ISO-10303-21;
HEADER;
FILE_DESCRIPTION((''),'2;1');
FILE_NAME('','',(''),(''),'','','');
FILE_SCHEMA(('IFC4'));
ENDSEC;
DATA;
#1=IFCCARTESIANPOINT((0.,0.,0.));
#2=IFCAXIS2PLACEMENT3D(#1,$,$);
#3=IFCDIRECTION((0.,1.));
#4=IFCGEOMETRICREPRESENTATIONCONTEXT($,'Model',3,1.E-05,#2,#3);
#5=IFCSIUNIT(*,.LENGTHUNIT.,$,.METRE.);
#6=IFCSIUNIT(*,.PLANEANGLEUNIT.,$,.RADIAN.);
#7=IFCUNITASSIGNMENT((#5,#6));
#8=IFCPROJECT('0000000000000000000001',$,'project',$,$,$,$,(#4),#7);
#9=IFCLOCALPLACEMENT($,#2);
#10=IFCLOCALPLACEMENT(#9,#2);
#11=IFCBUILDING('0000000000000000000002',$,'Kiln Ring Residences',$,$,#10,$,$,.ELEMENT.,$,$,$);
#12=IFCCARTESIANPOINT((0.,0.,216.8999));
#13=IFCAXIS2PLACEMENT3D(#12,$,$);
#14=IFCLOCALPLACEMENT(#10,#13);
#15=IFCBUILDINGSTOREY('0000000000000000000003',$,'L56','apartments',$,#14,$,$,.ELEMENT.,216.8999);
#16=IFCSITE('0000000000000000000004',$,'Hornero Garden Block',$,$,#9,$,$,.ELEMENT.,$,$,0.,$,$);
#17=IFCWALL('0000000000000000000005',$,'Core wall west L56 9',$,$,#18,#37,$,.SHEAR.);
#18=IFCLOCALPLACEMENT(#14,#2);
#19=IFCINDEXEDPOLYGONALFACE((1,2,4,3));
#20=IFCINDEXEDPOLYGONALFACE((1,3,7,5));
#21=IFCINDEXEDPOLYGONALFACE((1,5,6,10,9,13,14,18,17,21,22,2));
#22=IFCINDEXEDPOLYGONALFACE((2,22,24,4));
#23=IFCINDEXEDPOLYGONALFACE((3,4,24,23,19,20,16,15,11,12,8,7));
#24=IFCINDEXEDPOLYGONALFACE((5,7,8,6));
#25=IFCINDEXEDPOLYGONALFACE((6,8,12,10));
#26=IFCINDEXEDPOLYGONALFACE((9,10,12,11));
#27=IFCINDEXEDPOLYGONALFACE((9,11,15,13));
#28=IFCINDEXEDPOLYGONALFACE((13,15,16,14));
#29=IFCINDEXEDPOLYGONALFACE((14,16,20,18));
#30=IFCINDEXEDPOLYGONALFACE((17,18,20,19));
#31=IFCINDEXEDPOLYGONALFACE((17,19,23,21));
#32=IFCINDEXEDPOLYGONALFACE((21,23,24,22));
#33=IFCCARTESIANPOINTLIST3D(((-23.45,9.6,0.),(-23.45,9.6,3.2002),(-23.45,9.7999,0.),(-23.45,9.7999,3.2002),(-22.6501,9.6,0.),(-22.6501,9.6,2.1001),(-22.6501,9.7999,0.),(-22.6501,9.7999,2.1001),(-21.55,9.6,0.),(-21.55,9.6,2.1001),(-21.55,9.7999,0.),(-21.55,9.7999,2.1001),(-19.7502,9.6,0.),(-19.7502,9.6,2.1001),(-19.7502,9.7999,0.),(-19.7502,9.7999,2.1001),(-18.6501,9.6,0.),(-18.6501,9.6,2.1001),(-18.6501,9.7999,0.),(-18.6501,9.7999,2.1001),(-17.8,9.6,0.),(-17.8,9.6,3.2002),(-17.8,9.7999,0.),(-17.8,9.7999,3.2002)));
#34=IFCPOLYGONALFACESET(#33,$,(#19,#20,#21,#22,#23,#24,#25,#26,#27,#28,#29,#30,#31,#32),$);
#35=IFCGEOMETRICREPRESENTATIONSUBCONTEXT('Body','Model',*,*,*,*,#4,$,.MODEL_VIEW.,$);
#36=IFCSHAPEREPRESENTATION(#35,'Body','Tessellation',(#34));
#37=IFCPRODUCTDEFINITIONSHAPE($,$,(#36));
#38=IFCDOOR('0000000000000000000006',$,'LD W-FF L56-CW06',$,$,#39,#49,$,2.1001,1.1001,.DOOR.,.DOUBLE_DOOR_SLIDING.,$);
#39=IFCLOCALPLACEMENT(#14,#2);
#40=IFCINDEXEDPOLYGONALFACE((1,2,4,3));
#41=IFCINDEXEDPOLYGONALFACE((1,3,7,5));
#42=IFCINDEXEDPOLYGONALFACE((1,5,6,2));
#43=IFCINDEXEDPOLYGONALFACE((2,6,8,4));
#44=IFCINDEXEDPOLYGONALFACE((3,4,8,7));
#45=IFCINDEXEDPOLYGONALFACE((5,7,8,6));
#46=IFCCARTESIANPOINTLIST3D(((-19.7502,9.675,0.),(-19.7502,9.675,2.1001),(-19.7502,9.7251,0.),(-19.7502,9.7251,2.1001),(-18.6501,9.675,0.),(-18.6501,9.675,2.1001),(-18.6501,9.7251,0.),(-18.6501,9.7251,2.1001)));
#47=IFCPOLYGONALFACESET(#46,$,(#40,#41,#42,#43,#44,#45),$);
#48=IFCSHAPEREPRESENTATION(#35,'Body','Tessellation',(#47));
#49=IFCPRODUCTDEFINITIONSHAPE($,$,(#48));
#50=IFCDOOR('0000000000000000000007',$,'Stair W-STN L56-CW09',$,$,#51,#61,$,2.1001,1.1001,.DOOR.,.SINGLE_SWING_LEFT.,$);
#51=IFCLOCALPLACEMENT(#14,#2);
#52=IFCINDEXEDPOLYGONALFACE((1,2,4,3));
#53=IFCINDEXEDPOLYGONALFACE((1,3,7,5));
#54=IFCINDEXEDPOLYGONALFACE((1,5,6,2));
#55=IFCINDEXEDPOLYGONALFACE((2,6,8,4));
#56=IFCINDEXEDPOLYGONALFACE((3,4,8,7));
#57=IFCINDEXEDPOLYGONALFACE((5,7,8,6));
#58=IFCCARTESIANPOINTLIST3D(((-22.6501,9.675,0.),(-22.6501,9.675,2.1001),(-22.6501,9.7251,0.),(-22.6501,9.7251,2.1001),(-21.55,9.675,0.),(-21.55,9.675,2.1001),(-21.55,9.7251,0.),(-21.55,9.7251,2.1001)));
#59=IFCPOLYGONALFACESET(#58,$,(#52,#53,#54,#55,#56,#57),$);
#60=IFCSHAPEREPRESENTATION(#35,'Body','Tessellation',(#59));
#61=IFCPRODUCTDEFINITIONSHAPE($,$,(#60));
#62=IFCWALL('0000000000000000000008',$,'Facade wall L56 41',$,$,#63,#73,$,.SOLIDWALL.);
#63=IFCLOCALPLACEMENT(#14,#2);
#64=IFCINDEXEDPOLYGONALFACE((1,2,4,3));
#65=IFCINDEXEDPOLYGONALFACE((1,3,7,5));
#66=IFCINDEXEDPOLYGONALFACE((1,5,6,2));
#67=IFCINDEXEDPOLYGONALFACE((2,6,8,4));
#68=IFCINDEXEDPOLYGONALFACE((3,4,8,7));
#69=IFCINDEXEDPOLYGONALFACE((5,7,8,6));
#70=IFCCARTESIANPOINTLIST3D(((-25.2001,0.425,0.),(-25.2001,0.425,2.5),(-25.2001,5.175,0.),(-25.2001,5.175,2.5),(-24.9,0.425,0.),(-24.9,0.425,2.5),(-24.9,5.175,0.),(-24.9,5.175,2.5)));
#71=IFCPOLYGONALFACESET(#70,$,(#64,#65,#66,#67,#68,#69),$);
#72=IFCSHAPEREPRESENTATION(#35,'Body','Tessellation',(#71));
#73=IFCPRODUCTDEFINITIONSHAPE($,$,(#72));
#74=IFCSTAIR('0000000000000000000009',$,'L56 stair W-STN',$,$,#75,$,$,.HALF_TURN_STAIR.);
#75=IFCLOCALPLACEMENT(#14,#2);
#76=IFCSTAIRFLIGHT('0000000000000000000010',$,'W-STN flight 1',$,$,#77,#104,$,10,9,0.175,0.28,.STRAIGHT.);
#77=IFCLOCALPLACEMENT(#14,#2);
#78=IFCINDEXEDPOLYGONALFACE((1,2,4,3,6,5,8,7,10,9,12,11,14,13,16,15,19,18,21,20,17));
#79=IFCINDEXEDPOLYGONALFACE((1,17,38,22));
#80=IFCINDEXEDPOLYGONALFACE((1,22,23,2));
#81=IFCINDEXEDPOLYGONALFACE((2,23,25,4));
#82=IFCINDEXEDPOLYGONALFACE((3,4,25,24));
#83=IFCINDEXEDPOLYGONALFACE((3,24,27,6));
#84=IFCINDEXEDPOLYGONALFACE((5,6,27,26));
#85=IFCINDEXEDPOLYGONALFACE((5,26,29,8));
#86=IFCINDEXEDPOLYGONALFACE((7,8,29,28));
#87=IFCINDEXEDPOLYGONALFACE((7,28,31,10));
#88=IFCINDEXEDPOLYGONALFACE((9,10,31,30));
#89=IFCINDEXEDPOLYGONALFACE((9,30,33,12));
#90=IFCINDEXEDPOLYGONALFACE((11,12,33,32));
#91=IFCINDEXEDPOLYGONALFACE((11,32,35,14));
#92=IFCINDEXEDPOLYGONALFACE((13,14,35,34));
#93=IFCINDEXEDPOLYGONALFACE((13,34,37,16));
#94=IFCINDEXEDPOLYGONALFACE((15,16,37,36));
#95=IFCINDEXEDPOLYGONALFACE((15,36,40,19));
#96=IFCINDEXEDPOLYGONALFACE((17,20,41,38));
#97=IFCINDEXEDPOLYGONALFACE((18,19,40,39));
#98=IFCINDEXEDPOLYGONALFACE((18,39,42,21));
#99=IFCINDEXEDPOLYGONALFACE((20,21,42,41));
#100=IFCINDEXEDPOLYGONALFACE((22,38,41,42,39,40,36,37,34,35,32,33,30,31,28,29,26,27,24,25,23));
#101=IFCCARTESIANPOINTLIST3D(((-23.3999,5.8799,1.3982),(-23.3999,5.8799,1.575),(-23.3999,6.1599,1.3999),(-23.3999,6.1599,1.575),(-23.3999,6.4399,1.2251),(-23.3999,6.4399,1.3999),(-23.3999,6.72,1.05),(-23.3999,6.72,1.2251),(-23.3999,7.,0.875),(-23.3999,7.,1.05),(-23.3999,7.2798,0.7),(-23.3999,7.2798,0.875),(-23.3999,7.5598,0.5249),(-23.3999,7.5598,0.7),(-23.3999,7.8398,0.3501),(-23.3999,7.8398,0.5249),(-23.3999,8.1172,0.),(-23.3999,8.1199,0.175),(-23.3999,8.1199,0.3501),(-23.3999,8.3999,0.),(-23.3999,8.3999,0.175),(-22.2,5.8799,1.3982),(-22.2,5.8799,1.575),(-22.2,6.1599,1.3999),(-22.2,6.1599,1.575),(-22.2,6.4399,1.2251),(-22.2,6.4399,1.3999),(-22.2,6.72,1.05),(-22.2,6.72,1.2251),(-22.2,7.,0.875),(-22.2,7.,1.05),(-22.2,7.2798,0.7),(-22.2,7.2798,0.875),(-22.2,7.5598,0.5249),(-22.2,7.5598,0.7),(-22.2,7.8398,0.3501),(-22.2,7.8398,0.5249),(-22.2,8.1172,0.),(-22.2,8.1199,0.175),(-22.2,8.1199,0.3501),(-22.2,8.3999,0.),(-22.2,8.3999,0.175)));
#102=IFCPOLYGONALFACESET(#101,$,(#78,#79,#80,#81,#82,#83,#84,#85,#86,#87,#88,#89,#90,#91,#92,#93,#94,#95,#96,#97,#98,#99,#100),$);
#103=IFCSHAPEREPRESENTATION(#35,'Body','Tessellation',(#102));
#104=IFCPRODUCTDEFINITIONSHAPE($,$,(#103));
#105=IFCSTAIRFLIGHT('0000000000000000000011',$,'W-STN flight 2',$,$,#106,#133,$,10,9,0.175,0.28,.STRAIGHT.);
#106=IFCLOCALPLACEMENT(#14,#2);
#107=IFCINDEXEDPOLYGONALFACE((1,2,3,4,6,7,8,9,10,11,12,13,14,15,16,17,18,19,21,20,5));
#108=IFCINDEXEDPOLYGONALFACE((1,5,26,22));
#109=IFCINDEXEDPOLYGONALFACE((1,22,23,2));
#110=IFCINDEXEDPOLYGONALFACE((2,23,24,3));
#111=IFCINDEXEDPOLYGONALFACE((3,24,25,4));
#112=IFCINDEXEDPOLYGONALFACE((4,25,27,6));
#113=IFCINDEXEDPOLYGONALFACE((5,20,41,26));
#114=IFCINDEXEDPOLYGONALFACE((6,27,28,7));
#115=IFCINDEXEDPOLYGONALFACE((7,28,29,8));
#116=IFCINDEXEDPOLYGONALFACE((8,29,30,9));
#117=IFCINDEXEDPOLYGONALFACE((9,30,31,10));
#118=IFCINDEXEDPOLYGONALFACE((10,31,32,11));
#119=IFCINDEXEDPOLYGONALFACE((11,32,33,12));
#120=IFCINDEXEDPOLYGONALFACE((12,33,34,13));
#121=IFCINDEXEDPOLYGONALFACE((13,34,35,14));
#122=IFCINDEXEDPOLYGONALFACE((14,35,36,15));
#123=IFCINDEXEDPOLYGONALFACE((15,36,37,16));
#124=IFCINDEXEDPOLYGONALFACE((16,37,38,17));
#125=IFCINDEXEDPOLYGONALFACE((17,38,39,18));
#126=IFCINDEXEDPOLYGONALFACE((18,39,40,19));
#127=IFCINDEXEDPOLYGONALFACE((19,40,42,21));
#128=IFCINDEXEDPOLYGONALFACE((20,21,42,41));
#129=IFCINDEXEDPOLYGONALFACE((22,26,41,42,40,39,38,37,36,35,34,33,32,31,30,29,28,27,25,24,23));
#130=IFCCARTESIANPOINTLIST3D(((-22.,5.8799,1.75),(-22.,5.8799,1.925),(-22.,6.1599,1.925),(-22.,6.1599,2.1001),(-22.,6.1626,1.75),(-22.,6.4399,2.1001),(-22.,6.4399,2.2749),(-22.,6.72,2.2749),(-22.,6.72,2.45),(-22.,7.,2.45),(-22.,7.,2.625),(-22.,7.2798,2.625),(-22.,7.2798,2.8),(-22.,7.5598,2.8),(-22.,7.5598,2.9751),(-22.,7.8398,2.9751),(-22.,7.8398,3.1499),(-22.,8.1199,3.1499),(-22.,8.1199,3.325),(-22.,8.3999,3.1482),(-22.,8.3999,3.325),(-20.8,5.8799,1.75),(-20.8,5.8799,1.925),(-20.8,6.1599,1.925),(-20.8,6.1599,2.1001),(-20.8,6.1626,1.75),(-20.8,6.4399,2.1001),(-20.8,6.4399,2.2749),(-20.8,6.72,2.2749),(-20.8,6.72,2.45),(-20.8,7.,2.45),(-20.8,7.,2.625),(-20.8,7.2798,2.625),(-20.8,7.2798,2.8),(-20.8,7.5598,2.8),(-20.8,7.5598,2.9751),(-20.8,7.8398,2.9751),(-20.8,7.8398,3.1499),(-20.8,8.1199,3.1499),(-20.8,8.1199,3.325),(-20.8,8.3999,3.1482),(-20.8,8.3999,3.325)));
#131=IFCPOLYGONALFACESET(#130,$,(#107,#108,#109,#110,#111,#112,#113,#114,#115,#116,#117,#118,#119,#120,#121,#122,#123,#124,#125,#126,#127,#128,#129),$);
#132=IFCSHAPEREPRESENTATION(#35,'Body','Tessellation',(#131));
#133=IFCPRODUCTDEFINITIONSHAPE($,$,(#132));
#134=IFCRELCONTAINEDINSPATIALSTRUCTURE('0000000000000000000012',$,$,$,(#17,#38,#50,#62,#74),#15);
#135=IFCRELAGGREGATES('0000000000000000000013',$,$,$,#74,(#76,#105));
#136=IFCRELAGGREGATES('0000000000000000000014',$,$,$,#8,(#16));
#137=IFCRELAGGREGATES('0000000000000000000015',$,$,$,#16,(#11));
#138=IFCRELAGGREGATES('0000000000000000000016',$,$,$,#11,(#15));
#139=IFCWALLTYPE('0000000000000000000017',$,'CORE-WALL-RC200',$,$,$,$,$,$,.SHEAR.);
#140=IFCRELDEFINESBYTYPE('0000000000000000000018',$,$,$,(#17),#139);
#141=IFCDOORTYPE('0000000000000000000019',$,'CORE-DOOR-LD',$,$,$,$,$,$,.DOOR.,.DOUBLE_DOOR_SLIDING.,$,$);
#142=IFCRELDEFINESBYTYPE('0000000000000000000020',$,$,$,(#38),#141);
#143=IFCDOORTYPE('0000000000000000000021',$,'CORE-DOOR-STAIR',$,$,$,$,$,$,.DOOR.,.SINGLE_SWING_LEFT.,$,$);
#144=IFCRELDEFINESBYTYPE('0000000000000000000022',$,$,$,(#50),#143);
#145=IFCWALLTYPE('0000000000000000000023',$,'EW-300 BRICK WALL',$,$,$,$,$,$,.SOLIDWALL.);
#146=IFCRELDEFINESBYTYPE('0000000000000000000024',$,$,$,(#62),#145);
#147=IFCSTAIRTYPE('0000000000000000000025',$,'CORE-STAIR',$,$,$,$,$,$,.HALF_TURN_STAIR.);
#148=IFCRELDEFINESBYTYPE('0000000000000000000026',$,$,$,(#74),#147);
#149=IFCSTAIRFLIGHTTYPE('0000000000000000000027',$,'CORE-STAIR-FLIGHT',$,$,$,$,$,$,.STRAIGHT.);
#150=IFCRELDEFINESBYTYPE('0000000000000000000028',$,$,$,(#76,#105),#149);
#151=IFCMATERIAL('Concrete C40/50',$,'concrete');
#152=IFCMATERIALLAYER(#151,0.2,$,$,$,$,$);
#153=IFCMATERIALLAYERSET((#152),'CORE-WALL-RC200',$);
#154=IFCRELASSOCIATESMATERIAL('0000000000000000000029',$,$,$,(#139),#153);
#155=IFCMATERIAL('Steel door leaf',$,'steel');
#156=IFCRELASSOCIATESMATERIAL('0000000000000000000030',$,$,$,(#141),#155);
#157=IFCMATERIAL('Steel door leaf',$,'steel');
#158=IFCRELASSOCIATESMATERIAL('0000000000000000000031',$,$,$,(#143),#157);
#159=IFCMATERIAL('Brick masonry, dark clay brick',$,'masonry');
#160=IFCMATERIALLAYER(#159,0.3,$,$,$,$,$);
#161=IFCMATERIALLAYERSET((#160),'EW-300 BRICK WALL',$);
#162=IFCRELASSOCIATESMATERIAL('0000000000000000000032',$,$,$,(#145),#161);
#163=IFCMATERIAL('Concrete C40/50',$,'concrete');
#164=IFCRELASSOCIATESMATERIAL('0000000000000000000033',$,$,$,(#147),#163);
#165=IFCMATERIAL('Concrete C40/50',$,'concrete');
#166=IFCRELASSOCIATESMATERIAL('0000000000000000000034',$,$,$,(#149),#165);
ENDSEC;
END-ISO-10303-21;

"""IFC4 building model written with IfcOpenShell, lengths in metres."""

from ifc_helpers import new_model, si_unit, direction, frame, frame_2d, origin, place, context, subcontext, project, spatial, polyline, rectangle, outline, extrude, material, layer, layer_set, type_object, element, fill, aggregate, save


model = new_model("IFC4")

# Units and contexts
model_context = context("Model", 3, precision=1e-05, world=origin(), true_north=direction((0.0, 1.0)))
body_context = subcontext(model_context, "Body", "Model", "MODEL_VIEW")
ifc_project = project(units=[si_unit("LENGTHUNIT", "METRE"), si_unit("PLANEANGLEUNIT", "RADIAN")], contexts=[model_context])

# Site, building, storey
site_placement = place(None, origin())
site = spatial("IfcSite", under=ifc_project, at=site_placement, Name="Hornero Garden Block", CompositionType="ELEMENT", RefElevation=0.0)
building_placement = place(site_placement, origin())
building = spatial("IfcBuilding", under=site, at=building_placement, Name="Kiln Ring Residences", CompositionType="ELEMENT")
storey_placement = place(building_placement, frame((0.0, 0.0, 216.8999)))
storey = spatial("IfcBuildingStorey", under=building, at=storey_placement, Name="L56", Description="apartments", CompositionType="ELEMENT", Elevation=216.8999)

# Shared definitions
ifc_material_1 = material(Name="Concrete C40/50", Category="concrete")
ifc_layer_1 = layer(ifc_material_1, 0.2)
ifc_layer_set_1 = layer_set([ifc_layer_1], Name="CORE-WALL-RC200")
wall_type_1 = type_object("IfcWallType", Name="CORE-WALL-RC200", PredefinedType="SHEAR", material=ifc_layer_set_1)

# Wall, openings, doors
wall_1_placement = place(storey_placement, frame((-17.8, 9.7, 0.0), z_axis=(0.0, 0.0, 1.0), x_axis=(-1.0, 0.0, 0.0)))
wall_1 = element("IfcWall", 1, at=wall_1_placement, inside=storey, type_object=wall_type_1, Name="Core wall west L56 9", PredefinedType="SHEAR", context=body_context, shape_type="SweptSolid", body=[
    extrude(rectangle(XDim=5.6499, YDim=0.2, at=frame_2d((2.825, 0.0))), origin(), (0.0, 0.0, 1.0), 3.2002),
])
opening_1_placement = place(wall_1_placement, frame((0.8501, 0.0, 0.0)))
opening_1 = element("IfcOpeningElement", 2, at=opening_1_placement, cuts=wall_1, PredefinedType="OPENING", context=body_context, shape_type="SweptSolid", body=[
    extrude(rectangle(XDim=1.1001, YDim=2.1001, at=frame_2d((0.55, 1.05))), frame((0.0, 0.1099, 0.0), z_axis=(0.0, -1.0, 0.0), x_axis=(1.0, 0.0, 0.0)), (0.0, 0.0, 1.0), 0.22),
])
opening_2_placement = place(wall_1_placement, frame((3.75, 0.0, 0.0)))
opening_2 = element("IfcOpeningElement", 3, at=opening_2_placement, cuts=wall_1, PredefinedType="OPENING", context=body_context, shape_type="SweptSolid", body=[
    extrude(rectangle(XDim=1.1001, YDim=2.1001, at=frame_2d((0.55, 1.05))), frame((0.0, 0.1099, 0.0), z_axis=(0.0, -1.0, 0.0), x_axis=(1.0, 0.0, 0.0)), (0.0, 0.0, 1.0), 0.22),
])
ifc_material_2 = material(Name="Steel door leaf", Category="steel")
door_type_1 = type_object("IfcDoorType", Name="CORE-DOOR-LD", OperationType="DOUBLE_DOOR_SLIDING", PredefinedType="DOOR", material=ifc_material_2)
door_1_placement = place(opening_1_placement, origin())
door_1 = element("IfcDoor", 4, at=door_1_placement, inside=storey, type_object=door_type_1, Name="LD W-FF L56-CW06", OperationType="DOUBLE_DOOR_SLIDING", OverallHeight=2.1001, OverallWidth=1.1001, PredefinedType="DOOR", context=body_context, shape_type="SweptSolid", body=[
    extrude(rectangle(XDim=1.1001, YDim=2.1001, at=frame_2d((0.55, 1.05))), frame((0.0, 0.0249, 0.0), z_axis=(0.0, -1.0, 0.0), x_axis=(1.0, 0.0, 0.0)), (0.0, 0.0, 1.0), 0.05),
])
fill(opening_1, door_1)
ifc_material_3 = material(Name="Steel door leaf", Category="steel")
door_type_2 = type_object("IfcDoorType", Name="CORE-DOOR-STAIR", OperationType="SINGLE_SWING_LEFT", PredefinedType="DOOR", material=ifc_material_3)
door_2_placement = place(opening_2_placement, origin())
door_2 = element("IfcDoor", 5, at=door_2_placement, inside=storey, type_object=door_type_2, Name="Stair W-STN L56-CW09", OperationType="SINGLE_SWING_LEFT", OverallHeight=2.1001, OverallWidth=1.1001, PredefinedType="DOOR", context=body_context, shape_type="SweptSolid", body=[
    extrude(rectangle(XDim=1.1001, YDim=2.1001, at=frame_2d((0.55, 1.05))), frame((0.0, 0.0249, 0.0), z_axis=(0.0, -1.0, 0.0), x_axis=(1.0, 0.0, 0.0)), (0.0, 0.0, 1.0), 0.05),
])
fill(opening_2, door_2)

# Wall
ifc_material_4 = material(Name="Brick masonry, dark clay brick", Category="masonry")
ifc_layer_2 = layer(ifc_material_4, 0.3)
ifc_layer_set_2 = layer_set([ifc_layer_2], Name="EW-300 BRICK WALL")
wall_type_2 = type_object("IfcWallType", Name="EW-300 BRICK WALL", PredefinedType="SOLIDWALL", material=ifc_layer_set_2)
wall_2_placement = place(storey_placement, frame((-25.05, 5.175, 0.0), z_axis=(0.0, 0.0, 1.0), x_axis=(0.0, -1.0, 0.0)))
element("IfcWall", 6, at=wall_2_placement, inside=storey, type_object=wall_type_2, Name="Facade wall L56 41", PredefinedType="SOLIDWALL", context=body_context, shape_type="SweptSolid", body=[
    extrude(rectangle(XDim=4.75, YDim=0.3, at=frame_2d((2.375, 0.0))), origin(), (0.0, 0.0, 1.0), 2.5),
])

# Stair, stair flights
ifc_material_5 = material(Name="Concrete C40/50", Category="concrete")
stair_type = type_object("IfcStairType", Name="CORE-STAIR", PredefinedType="HALF_TURN_STAIR", material=ifc_material_5)
stair_placement = place(storey_placement, origin())
stair = element("IfcStair", 7, at=stair_placement, inside=storey, type_object=stair_type, Name="L56 stair W-STN", PredefinedType="HALF_TURN_STAIR")
ifc_material_6 = material(Name="Concrete C40/50", Category="concrete")
stair_flight_type = type_object("IfcStairFlightType", Name="CORE-STAIR-FLIGHT", PredefinedType="STRAIGHT", material=ifc_material_6)
stair_flight_1_placement = place(storey_placement, frame((-22.8, 8.3999, 0.0), z_axis=(0.0, 0.0, 1.0), x_axis=(0.0, -1.0, 0.0)))
stair_flight_1 = element("IfcStairFlight", 8, at=stair_flight_1_placement, type_object=stair_flight_type, Name="W-STN flight 1", NumberOfRisers=10, NumberOfTreads=9, PredefinedType="STRAIGHT", RiserHeight=0.175, TreadLength=0.28, context=body_context, shape_type="SweptSolid", body=[
    extrude(outline(polyline([(0.0, 0.0), (0.0, 0.175), (0.28, 0.175), (0.28, 0.3501), (0.5601, 0.3501), (0.5601, 0.5249), (0.8401, 0.5249), (0.8401, 0.7), (1.1201, 0.7), (1.1201, 0.875), (1.3999, 0.875), (1.3999, 1.05), (1.6799, 1.05), (1.6799, 1.2251), (1.96, 1.2251), (1.96, 1.3999), (2.24, 1.3999), (2.24, 1.575), (2.52, 1.575), (2.52, 1.75), (2.52, 1.3982), (0.2827, 0.0), (0.0, 0.0)])), frame((0.0, 0.6001, 0.0), z_axis=(0.0, -1.0, 0.0), x_axis=(1.0, 0.0, 0.0)), (0.0, 0.0, 1.0), 1.2),
])
stair_flight_2_placement = place(storey_placement, frame((-21.3999, 5.8799, 1.75), z_axis=(0.0, 0.0, 1.0), x_axis=(0.0, 1.0, 0.0)))
stair_flight_2 = element("IfcStairFlight", 9, at=stair_flight_2_placement, type_object=stair_flight_type, Name="W-STN flight 2", NumberOfRisers=10, NumberOfTreads=9, PredefinedType="STRAIGHT", RiserHeight=0.175, TreadLength=0.28, context=body_context, shape_type="SweptSolid", body=[
    extrude(outline(polyline([(0.0, 0.0), (0.0, 0.175), (0.28, 0.175), (0.28, 0.3501), (0.5601, 0.3501), (0.5601, 0.5249), (0.8401, 0.5249), (0.8401, 0.7), (1.1201, 0.7), (1.1201, 0.875), (1.3999, 0.875), (1.3999, 1.05), (1.6799, 1.05), (1.6799, 1.2251), (1.96, 1.2251), (1.96, 1.3999), (2.24, 1.3999), (2.24, 1.575), (2.52, 1.575), (2.52, 1.75), (2.52, 1.3982), (0.2827, 0.0), (0.0, 0.0)])), frame((0.0, 0.6001, 0.0), z_axis=(0.0, -1.0, 0.0), x_axis=(1.0, 0.0, 0.0)), (0.0, 0.0, 1.0), 1.2),
])
aggregate(stair, [stair_flight_1, stair_flight_2])

save(model, "model.ifc")
